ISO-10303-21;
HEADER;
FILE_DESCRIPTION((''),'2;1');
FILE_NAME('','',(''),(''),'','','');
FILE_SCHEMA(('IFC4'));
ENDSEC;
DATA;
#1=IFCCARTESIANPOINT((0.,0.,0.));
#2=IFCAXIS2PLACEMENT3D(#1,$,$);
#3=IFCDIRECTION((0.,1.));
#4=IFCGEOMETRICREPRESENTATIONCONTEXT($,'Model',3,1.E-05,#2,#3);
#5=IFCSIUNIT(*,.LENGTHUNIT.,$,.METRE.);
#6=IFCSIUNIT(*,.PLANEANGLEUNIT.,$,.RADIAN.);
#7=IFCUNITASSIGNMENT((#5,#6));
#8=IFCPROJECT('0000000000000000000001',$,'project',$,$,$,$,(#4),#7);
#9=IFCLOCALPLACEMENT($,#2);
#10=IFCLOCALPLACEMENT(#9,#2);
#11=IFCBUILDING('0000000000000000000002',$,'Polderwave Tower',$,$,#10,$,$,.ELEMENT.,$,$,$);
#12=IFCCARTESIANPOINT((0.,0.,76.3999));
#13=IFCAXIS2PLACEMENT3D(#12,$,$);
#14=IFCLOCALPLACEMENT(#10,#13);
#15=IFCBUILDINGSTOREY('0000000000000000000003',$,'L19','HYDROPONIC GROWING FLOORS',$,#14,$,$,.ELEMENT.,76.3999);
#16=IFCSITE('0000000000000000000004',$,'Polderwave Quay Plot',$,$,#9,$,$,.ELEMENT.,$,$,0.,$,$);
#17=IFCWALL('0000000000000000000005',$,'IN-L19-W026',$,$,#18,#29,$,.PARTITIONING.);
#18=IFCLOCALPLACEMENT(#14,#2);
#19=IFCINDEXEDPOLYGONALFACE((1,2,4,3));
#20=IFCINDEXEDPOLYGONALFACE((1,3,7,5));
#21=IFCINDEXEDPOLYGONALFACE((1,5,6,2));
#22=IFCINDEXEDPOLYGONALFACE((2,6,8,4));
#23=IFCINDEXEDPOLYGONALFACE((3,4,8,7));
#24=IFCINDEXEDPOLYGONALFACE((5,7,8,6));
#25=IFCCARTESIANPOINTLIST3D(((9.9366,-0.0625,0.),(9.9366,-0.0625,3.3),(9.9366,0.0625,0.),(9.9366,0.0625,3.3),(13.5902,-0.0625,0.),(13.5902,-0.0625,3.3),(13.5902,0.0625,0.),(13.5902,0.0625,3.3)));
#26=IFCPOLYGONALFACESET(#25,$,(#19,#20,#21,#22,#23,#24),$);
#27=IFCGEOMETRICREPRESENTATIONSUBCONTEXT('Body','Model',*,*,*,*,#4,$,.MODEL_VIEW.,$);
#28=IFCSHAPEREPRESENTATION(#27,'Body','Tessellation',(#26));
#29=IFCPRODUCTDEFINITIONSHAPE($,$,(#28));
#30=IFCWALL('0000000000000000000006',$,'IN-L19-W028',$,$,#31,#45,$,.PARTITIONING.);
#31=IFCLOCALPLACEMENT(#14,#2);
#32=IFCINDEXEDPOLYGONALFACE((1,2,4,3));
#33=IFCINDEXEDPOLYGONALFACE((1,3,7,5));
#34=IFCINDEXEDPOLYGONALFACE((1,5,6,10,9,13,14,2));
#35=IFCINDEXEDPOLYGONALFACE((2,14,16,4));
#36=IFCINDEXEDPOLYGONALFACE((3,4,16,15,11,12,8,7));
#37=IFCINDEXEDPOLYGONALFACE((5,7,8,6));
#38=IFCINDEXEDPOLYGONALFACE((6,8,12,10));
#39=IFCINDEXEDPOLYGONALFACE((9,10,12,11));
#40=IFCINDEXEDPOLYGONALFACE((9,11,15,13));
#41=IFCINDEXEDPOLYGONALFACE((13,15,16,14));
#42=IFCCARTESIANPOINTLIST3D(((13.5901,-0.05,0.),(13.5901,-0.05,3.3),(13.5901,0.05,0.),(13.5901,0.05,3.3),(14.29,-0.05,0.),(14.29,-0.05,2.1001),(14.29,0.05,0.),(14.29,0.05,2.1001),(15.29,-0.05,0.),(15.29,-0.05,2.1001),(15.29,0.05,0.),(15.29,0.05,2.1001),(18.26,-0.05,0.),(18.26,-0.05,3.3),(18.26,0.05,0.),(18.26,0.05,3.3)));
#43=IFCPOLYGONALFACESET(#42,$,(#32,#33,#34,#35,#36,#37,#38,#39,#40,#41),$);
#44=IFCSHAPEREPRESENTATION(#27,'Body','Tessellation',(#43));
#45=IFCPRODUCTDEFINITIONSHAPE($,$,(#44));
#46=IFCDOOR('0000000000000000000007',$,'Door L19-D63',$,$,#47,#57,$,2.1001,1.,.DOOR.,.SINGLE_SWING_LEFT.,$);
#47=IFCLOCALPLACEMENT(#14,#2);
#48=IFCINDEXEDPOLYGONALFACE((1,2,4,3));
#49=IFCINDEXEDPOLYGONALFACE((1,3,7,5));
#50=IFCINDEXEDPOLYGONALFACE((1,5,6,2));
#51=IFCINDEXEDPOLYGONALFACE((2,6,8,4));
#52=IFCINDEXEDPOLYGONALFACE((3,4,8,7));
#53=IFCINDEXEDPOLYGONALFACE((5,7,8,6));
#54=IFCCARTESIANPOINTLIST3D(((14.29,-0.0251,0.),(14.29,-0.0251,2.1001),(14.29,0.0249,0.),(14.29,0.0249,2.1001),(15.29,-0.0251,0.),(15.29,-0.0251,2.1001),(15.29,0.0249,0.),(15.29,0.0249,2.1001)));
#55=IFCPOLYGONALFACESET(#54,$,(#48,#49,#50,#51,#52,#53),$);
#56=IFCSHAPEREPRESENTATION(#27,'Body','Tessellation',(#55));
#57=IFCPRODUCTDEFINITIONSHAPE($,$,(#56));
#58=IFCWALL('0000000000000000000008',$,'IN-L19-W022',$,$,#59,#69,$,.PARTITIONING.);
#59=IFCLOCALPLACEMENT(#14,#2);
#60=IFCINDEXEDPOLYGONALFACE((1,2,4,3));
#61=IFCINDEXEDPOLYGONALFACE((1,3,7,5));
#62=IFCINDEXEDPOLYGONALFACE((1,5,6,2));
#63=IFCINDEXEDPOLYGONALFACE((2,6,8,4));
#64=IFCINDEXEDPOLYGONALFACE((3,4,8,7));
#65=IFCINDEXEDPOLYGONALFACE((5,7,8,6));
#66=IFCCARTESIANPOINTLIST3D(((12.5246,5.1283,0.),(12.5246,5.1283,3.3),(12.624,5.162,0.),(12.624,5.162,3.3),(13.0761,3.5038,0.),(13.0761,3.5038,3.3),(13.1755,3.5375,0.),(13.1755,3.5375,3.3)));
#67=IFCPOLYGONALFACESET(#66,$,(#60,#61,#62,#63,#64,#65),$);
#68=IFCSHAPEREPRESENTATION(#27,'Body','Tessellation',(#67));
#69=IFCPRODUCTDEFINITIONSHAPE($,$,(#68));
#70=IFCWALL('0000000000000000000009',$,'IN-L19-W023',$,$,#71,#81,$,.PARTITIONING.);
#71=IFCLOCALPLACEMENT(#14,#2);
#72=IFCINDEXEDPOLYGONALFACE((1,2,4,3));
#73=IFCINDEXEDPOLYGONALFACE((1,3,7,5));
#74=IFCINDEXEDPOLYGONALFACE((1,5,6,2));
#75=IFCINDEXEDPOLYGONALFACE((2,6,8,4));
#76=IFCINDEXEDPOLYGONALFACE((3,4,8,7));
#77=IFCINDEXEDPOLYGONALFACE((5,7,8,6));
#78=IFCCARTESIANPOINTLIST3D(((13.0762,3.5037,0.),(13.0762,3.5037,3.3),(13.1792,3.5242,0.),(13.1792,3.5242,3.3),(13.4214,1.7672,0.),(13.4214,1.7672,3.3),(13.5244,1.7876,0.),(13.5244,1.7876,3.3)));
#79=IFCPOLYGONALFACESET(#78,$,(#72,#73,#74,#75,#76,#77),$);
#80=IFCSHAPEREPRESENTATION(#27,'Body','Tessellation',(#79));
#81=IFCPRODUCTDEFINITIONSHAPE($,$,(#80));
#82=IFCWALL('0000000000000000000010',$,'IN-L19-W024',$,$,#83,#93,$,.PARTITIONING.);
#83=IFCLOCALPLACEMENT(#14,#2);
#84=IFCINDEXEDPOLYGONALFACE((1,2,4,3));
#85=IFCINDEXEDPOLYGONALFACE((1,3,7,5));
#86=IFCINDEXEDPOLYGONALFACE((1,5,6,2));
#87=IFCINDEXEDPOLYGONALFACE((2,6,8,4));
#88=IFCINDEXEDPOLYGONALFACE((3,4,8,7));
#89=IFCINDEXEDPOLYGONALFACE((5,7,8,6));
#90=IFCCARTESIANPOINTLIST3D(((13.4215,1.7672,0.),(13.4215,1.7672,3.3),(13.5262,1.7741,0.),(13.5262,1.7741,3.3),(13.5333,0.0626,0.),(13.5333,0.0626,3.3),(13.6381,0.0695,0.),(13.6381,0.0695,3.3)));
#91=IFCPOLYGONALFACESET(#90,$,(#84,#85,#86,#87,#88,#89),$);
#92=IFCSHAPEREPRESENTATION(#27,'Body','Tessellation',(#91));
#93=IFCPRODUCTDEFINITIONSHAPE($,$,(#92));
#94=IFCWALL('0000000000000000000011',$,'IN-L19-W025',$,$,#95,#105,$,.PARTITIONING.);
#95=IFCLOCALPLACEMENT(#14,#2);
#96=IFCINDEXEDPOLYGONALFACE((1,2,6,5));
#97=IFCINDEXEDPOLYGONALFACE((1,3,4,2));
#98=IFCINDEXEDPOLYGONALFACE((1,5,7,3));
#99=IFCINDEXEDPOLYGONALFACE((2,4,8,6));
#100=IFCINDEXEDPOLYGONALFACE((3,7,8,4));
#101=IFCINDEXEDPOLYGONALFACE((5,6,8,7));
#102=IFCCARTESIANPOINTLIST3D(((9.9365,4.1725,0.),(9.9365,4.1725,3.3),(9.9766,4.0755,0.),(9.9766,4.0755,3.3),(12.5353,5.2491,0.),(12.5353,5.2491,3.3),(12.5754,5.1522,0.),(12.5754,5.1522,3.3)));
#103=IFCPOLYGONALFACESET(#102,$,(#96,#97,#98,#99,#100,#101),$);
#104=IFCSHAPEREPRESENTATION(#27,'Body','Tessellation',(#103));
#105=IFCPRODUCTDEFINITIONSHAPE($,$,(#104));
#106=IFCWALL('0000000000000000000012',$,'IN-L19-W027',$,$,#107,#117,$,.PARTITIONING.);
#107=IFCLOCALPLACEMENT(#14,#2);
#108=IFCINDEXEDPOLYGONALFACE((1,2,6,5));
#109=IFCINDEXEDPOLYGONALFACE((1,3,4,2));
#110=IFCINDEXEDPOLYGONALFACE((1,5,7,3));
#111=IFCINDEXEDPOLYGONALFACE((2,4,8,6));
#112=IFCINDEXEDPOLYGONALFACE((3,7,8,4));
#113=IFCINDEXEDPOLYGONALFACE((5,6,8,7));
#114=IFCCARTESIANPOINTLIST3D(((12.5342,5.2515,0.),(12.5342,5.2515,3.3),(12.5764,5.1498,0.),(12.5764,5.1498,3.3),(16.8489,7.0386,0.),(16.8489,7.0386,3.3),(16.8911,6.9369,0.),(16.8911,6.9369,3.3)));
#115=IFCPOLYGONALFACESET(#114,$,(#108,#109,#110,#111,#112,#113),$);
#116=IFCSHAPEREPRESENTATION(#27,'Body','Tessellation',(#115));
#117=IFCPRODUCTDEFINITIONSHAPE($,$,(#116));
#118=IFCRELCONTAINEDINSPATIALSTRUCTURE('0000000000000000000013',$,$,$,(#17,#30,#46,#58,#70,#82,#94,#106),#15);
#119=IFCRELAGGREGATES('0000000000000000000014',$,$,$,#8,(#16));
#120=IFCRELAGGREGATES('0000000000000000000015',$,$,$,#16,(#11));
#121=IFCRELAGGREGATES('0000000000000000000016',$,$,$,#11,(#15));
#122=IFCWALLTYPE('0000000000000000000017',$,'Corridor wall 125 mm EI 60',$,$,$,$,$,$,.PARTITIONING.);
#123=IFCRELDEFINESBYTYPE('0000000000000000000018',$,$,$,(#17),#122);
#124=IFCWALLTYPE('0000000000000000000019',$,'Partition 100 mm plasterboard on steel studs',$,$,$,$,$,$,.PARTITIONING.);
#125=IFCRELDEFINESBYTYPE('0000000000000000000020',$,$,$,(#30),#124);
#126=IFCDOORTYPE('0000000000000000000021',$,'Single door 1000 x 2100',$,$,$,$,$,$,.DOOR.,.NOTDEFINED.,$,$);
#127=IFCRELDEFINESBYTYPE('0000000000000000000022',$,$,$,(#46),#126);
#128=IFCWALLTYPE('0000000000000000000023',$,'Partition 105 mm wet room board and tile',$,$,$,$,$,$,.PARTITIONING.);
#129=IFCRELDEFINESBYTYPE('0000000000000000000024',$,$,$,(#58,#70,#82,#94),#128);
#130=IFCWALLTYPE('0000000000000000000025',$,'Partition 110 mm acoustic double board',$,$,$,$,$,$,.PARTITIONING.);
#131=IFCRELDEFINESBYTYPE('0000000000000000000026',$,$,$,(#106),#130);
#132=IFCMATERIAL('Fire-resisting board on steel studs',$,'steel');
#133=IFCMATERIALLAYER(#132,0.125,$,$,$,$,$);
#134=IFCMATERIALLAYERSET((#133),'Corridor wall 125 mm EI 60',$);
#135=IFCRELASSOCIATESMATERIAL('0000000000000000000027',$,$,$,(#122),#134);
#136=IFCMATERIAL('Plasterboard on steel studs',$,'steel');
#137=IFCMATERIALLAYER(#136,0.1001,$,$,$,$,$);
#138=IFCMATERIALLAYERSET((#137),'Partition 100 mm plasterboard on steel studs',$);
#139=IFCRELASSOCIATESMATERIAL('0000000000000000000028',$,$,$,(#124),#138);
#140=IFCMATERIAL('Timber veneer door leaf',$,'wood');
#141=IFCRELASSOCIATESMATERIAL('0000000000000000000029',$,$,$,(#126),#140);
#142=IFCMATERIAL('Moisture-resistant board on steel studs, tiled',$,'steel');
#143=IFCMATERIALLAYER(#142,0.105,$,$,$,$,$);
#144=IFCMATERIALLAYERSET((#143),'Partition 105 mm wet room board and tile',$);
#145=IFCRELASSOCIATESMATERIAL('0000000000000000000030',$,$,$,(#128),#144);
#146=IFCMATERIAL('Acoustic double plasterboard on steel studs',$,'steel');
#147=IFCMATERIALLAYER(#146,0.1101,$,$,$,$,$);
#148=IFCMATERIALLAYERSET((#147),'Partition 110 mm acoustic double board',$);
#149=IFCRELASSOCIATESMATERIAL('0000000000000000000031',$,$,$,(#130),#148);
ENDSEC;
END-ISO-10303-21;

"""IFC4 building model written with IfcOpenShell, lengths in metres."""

from ifc_helpers import new_model, si_unit, direction, frame, frame_2d, origin, place, context, subcontext, project, spatial, rectangle, extrude, material, layer, layer_set, type_object, element, fill, save


model = new_model("IFC4")

# Units and contexts
model_context = context("Model", 3, precision=1e-05, world=origin(), true_north=direction((0.0, 1.0)))
body_context = subcontext(model_context, "Body", "Model", "MODEL_VIEW")
ifc_project = project(units=[si_unit("LENGTHUNIT", "METRE"), si_unit("PLANEANGLEUNIT", "RADIAN")], contexts=[model_context])

# Site, building, storey
site_placement = place(None, origin())
site = spatial("IfcSite", under=ifc_project, at=site_placement, Name="Polderwave Quay Plot", CompositionType="ELEMENT", RefElevation=0.0)
building_placement = place(site_placement, origin())
building = spatial("IfcBuilding", under=site, at=building_placement, Name="Polderwave Tower", CompositionType="ELEMENT")
storey_placement = place(building_placement, frame((0.0, 0.0, 76.3999)))
storey = spatial("IfcBuildingStorey", under=building, at=storey_placement, Name="L19", Description="HYDROPONIC GROWING FLOORS", CompositionType="ELEMENT", Elevation=76.3999)

# Wall
ifc_material_1 = material(Name="Fire-resisting board on steel studs", Category="steel")
ifc_layer_1 = layer(ifc_material_1, 0.125)
ifc_layer_set_1 = layer_set([ifc_layer_1], Name="Corridor wall 125 mm EI 60")
wall_type_1 = type_object("IfcWallType", Name="Corridor wall 125 mm EI 60", PredefinedType="PARTITIONING", material=ifc_layer_set_1)
wall_1_placement = place(storey_placement, frame((13.5901, 0.0, 0.0), z_axis=(0.0, 0.0, 1.0), x_axis=(-1.0, 0.0, 0.0)))
element("IfcWall", 1, at=wall_1_placement, inside=storey, type_object=wall_type_1, Name="IN-L19-W026", PredefinedType="PARTITIONING", context=body_context, shape_type="SweptSolid", body=[
    extrude(rectangle(XDim=3.6536, YDim=0.125, at=frame_2d((1.8267, 0.0))), origin(), (0.0, 0.0, 1.0), 3.3),
])

# Wall, opening, door
ifc_material_2 = material(Name="Plasterboard on steel studs", Category="steel")
ifc_layer_2 = layer(ifc_material_2, 0.1001)
ifc_layer_set_2 = layer_set([ifc_layer_2], Name="Partition 100 mm plasterboard on steel studs")
wall_type_2 = type_object("IfcWallType", Name="Partition 100 mm plasterboard on steel studs", PredefinedType="PARTITIONING", material=ifc_layer_set_2)
wall_2_placement = place(storey_placement, frame((13.5901, 0.0, 0.0), z_axis=(0.0, 0.0, 1.0), x_axis=(1.0, 0.0, 0.0)))
wall_2 = element("IfcWall", 2, at=wall_2_placement, inside=storey, type_object=wall_type_2, Name="IN-L19-W028", PredefinedType="PARTITIONING", context=body_context, shape_type="SweptSolid", body=[
    extrude(rectangle(XDim=4.6699, YDim=0.1001, at=frame_2d((2.335, 0.0))), origin(), (0.0, 0.0, 1.0), 3.3),
])
opening_placement = place(wall_2_placement, frame((0.7, 0.0, 0.0)))
opening = element("IfcOpeningElement", 3, at=opening_placement, cuts=wall_2, PredefinedType="OPENING", context=body_context, shape_type="SweptSolid", body=[
    extrude(rectangle(XDim=1.0, YDim=2.1001, at=frame_2d((0.5, 1.05))), frame((0.0, 0.0601, 0.0), z_axis=(0.0, -1.0, 0.0), x_axis=(1.0, 0.0, 0.0)), (0.0, 0.0, 1.0), 0.1201),
])
ifc_material_3 = material(Name="Timber veneer door leaf", Category="wood")
door_type = type_object("IfcDoorType", Name="Single door 1000 x 2100", OperationType="NOTDEFINED", PredefinedType="DOOR", material=ifc_material_3)
door_placement = place(opening_placement, origin())
door = element("IfcDoor", 4, at=door_placement, inside=storey, type_object=door_type, Name="Door L19-D63", OperationType="SINGLE_SWING_LEFT", OverallHeight=2.1001, OverallWidth=1.0, PredefinedType="DOOR", context=body_context, shape_type="SweptSolid", body=[
    extrude(rectangle(XDim=1.0, YDim=2.1001, at=frame_2d((0.5, 1.05))), frame((0.0, 0.0249, 0.0), z_axis=(0.0, -1.0, 0.0), x_axis=(1.0, 0.0, 0.0)), (0.0, 0.0, 1.0), 0.05),
])
fill(opening, door)

# Walls
ifc_material_4 = material(Name="Moisture-resistant board on steel studs, tiled", Category="steel")
ifc_layer_3 = layer(ifc_material_4, 0.105)
ifc_layer_set_3 = layer_set([ifc_layer_3], Name="Partition 105 mm wet room board and tile")
wall_type_3 = type_object("IfcWallType", Name="Partition 105 mm wet room board and tile", PredefinedType="PARTITIONING", material=ifc_layer_set_3)
wall_3_placement = place(storey_placement, frame((12.5742, 5.1453, 0.0), z_axis=(0.0, 0.0, 1.0), x_axis=(0.321474, -0.946918, 0.0)))
element("IfcWall", 5, at=wall_3_placement, inside=storey, type_object=wall_type_3, Name="IN-L19-W022", PredefinedType="PARTITIONING", context=body_context, shape_type="SweptSolid", body=[
    extrude(rectangle(XDim=1.7156, YDim=0.105, at=frame_2d((0.8579, 0.0))), origin(), (0.0, 0.0, 1.0), 3.3),
])
wall_4_placement = place(storey_placement, frame((13.1277, 3.5139, 0.0), z_axis=(0.0, 0.0, 1.0), x_axis=(0.194976, -0.980808, 0.0)))
element("IfcWall", 6, at=wall_4_placement, inside=storey, type_object=wall_type_3, Name="IN-L19-W023", PredefinedType="PARTITIONING", context=body_context, shape_type="SweptSolid", body=[
    extrude(rectangle(XDim=1.7705, YDim=0.105, at=frame_2d((0.8853, 0.0))), origin(), (0.0, 0.0, 1.0), 3.3),
])
wall_5_placement = place(storey_placement, frame((13.4739, 1.7705, 0.0), z_axis=(0.0, 0.0, 1.0), x_axis=(0.065457, -0.997855, 0.0)))
element("IfcWall", 7, at=wall_5_placement, inside=storey, type_object=wall_type_3, Name="IN-L19-W024", PredefinedType="PARTITIONING", context=body_context, shape_type="SweptSolid", body=[
    extrude(rectangle(XDim=1.7083, YDim=0.105, at=frame_2d((0.854, 0.0))), origin(), (0.0, 0.0, 1.0), 3.3),
])
wall_6_placement = place(storey_placement, frame((9.9565, 4.124, 0.0), z_axis=(0.0, 0.0, 1.0), x_axis=(0.923858, 0.382735, 0.0)))
element("IfcWall", 8, at=wall_6_placement, inside=storey, type_object=wall_type_3, Name="IN-L19-W025", PredefinedType="PARTITIONING", context=body_context, shape_type="SweptSolid", body=[
    extrude(rectangle(XDim=2.813, YDim=0.105, at=frame_2d((1.4065, 0.0))), origin(), (0.0, 0.0, 1.0), 3.3),
])
ifc_material_5 = material(Name="Acoustic double plasterboard on steel studs", Category="steel")
ifc_layer_4 = layer(ifc_material_5, 0.1101)
ifc_layer_set_4 = layer_set([ifc_layer_4], Name="Partition 110 mm acoustic double board")
wall_type_4 = type_object("IfcWallType", Name="Partition 110 mm acoustic double board", PredefinedType="PARTITIONING", material=ifc_layer_set_4)
wall_7_placement = place(storey_placement, frame((12.5554, 5.2007, 0.0), z_axis=(0.0, 0.0, 1.0), x_axis=(0.923887, 0.382666, 0.0)))
element("IfcWall", 9, at=wall_7_placement, inside=storey, type_object=wall_type_4, Name="IN-L19-W027", PredefinedType="PARTITIONING", context=body_context, shape_type="SweptSolid", body=[
    extrude(rectangle(XDim=4.6702, YDim=0.1101, at=frame_2d((2.335, 0.0))), origin(), (0.0, 0.0, 1.0), 3.3),
])

save(model, "model.ifc")
